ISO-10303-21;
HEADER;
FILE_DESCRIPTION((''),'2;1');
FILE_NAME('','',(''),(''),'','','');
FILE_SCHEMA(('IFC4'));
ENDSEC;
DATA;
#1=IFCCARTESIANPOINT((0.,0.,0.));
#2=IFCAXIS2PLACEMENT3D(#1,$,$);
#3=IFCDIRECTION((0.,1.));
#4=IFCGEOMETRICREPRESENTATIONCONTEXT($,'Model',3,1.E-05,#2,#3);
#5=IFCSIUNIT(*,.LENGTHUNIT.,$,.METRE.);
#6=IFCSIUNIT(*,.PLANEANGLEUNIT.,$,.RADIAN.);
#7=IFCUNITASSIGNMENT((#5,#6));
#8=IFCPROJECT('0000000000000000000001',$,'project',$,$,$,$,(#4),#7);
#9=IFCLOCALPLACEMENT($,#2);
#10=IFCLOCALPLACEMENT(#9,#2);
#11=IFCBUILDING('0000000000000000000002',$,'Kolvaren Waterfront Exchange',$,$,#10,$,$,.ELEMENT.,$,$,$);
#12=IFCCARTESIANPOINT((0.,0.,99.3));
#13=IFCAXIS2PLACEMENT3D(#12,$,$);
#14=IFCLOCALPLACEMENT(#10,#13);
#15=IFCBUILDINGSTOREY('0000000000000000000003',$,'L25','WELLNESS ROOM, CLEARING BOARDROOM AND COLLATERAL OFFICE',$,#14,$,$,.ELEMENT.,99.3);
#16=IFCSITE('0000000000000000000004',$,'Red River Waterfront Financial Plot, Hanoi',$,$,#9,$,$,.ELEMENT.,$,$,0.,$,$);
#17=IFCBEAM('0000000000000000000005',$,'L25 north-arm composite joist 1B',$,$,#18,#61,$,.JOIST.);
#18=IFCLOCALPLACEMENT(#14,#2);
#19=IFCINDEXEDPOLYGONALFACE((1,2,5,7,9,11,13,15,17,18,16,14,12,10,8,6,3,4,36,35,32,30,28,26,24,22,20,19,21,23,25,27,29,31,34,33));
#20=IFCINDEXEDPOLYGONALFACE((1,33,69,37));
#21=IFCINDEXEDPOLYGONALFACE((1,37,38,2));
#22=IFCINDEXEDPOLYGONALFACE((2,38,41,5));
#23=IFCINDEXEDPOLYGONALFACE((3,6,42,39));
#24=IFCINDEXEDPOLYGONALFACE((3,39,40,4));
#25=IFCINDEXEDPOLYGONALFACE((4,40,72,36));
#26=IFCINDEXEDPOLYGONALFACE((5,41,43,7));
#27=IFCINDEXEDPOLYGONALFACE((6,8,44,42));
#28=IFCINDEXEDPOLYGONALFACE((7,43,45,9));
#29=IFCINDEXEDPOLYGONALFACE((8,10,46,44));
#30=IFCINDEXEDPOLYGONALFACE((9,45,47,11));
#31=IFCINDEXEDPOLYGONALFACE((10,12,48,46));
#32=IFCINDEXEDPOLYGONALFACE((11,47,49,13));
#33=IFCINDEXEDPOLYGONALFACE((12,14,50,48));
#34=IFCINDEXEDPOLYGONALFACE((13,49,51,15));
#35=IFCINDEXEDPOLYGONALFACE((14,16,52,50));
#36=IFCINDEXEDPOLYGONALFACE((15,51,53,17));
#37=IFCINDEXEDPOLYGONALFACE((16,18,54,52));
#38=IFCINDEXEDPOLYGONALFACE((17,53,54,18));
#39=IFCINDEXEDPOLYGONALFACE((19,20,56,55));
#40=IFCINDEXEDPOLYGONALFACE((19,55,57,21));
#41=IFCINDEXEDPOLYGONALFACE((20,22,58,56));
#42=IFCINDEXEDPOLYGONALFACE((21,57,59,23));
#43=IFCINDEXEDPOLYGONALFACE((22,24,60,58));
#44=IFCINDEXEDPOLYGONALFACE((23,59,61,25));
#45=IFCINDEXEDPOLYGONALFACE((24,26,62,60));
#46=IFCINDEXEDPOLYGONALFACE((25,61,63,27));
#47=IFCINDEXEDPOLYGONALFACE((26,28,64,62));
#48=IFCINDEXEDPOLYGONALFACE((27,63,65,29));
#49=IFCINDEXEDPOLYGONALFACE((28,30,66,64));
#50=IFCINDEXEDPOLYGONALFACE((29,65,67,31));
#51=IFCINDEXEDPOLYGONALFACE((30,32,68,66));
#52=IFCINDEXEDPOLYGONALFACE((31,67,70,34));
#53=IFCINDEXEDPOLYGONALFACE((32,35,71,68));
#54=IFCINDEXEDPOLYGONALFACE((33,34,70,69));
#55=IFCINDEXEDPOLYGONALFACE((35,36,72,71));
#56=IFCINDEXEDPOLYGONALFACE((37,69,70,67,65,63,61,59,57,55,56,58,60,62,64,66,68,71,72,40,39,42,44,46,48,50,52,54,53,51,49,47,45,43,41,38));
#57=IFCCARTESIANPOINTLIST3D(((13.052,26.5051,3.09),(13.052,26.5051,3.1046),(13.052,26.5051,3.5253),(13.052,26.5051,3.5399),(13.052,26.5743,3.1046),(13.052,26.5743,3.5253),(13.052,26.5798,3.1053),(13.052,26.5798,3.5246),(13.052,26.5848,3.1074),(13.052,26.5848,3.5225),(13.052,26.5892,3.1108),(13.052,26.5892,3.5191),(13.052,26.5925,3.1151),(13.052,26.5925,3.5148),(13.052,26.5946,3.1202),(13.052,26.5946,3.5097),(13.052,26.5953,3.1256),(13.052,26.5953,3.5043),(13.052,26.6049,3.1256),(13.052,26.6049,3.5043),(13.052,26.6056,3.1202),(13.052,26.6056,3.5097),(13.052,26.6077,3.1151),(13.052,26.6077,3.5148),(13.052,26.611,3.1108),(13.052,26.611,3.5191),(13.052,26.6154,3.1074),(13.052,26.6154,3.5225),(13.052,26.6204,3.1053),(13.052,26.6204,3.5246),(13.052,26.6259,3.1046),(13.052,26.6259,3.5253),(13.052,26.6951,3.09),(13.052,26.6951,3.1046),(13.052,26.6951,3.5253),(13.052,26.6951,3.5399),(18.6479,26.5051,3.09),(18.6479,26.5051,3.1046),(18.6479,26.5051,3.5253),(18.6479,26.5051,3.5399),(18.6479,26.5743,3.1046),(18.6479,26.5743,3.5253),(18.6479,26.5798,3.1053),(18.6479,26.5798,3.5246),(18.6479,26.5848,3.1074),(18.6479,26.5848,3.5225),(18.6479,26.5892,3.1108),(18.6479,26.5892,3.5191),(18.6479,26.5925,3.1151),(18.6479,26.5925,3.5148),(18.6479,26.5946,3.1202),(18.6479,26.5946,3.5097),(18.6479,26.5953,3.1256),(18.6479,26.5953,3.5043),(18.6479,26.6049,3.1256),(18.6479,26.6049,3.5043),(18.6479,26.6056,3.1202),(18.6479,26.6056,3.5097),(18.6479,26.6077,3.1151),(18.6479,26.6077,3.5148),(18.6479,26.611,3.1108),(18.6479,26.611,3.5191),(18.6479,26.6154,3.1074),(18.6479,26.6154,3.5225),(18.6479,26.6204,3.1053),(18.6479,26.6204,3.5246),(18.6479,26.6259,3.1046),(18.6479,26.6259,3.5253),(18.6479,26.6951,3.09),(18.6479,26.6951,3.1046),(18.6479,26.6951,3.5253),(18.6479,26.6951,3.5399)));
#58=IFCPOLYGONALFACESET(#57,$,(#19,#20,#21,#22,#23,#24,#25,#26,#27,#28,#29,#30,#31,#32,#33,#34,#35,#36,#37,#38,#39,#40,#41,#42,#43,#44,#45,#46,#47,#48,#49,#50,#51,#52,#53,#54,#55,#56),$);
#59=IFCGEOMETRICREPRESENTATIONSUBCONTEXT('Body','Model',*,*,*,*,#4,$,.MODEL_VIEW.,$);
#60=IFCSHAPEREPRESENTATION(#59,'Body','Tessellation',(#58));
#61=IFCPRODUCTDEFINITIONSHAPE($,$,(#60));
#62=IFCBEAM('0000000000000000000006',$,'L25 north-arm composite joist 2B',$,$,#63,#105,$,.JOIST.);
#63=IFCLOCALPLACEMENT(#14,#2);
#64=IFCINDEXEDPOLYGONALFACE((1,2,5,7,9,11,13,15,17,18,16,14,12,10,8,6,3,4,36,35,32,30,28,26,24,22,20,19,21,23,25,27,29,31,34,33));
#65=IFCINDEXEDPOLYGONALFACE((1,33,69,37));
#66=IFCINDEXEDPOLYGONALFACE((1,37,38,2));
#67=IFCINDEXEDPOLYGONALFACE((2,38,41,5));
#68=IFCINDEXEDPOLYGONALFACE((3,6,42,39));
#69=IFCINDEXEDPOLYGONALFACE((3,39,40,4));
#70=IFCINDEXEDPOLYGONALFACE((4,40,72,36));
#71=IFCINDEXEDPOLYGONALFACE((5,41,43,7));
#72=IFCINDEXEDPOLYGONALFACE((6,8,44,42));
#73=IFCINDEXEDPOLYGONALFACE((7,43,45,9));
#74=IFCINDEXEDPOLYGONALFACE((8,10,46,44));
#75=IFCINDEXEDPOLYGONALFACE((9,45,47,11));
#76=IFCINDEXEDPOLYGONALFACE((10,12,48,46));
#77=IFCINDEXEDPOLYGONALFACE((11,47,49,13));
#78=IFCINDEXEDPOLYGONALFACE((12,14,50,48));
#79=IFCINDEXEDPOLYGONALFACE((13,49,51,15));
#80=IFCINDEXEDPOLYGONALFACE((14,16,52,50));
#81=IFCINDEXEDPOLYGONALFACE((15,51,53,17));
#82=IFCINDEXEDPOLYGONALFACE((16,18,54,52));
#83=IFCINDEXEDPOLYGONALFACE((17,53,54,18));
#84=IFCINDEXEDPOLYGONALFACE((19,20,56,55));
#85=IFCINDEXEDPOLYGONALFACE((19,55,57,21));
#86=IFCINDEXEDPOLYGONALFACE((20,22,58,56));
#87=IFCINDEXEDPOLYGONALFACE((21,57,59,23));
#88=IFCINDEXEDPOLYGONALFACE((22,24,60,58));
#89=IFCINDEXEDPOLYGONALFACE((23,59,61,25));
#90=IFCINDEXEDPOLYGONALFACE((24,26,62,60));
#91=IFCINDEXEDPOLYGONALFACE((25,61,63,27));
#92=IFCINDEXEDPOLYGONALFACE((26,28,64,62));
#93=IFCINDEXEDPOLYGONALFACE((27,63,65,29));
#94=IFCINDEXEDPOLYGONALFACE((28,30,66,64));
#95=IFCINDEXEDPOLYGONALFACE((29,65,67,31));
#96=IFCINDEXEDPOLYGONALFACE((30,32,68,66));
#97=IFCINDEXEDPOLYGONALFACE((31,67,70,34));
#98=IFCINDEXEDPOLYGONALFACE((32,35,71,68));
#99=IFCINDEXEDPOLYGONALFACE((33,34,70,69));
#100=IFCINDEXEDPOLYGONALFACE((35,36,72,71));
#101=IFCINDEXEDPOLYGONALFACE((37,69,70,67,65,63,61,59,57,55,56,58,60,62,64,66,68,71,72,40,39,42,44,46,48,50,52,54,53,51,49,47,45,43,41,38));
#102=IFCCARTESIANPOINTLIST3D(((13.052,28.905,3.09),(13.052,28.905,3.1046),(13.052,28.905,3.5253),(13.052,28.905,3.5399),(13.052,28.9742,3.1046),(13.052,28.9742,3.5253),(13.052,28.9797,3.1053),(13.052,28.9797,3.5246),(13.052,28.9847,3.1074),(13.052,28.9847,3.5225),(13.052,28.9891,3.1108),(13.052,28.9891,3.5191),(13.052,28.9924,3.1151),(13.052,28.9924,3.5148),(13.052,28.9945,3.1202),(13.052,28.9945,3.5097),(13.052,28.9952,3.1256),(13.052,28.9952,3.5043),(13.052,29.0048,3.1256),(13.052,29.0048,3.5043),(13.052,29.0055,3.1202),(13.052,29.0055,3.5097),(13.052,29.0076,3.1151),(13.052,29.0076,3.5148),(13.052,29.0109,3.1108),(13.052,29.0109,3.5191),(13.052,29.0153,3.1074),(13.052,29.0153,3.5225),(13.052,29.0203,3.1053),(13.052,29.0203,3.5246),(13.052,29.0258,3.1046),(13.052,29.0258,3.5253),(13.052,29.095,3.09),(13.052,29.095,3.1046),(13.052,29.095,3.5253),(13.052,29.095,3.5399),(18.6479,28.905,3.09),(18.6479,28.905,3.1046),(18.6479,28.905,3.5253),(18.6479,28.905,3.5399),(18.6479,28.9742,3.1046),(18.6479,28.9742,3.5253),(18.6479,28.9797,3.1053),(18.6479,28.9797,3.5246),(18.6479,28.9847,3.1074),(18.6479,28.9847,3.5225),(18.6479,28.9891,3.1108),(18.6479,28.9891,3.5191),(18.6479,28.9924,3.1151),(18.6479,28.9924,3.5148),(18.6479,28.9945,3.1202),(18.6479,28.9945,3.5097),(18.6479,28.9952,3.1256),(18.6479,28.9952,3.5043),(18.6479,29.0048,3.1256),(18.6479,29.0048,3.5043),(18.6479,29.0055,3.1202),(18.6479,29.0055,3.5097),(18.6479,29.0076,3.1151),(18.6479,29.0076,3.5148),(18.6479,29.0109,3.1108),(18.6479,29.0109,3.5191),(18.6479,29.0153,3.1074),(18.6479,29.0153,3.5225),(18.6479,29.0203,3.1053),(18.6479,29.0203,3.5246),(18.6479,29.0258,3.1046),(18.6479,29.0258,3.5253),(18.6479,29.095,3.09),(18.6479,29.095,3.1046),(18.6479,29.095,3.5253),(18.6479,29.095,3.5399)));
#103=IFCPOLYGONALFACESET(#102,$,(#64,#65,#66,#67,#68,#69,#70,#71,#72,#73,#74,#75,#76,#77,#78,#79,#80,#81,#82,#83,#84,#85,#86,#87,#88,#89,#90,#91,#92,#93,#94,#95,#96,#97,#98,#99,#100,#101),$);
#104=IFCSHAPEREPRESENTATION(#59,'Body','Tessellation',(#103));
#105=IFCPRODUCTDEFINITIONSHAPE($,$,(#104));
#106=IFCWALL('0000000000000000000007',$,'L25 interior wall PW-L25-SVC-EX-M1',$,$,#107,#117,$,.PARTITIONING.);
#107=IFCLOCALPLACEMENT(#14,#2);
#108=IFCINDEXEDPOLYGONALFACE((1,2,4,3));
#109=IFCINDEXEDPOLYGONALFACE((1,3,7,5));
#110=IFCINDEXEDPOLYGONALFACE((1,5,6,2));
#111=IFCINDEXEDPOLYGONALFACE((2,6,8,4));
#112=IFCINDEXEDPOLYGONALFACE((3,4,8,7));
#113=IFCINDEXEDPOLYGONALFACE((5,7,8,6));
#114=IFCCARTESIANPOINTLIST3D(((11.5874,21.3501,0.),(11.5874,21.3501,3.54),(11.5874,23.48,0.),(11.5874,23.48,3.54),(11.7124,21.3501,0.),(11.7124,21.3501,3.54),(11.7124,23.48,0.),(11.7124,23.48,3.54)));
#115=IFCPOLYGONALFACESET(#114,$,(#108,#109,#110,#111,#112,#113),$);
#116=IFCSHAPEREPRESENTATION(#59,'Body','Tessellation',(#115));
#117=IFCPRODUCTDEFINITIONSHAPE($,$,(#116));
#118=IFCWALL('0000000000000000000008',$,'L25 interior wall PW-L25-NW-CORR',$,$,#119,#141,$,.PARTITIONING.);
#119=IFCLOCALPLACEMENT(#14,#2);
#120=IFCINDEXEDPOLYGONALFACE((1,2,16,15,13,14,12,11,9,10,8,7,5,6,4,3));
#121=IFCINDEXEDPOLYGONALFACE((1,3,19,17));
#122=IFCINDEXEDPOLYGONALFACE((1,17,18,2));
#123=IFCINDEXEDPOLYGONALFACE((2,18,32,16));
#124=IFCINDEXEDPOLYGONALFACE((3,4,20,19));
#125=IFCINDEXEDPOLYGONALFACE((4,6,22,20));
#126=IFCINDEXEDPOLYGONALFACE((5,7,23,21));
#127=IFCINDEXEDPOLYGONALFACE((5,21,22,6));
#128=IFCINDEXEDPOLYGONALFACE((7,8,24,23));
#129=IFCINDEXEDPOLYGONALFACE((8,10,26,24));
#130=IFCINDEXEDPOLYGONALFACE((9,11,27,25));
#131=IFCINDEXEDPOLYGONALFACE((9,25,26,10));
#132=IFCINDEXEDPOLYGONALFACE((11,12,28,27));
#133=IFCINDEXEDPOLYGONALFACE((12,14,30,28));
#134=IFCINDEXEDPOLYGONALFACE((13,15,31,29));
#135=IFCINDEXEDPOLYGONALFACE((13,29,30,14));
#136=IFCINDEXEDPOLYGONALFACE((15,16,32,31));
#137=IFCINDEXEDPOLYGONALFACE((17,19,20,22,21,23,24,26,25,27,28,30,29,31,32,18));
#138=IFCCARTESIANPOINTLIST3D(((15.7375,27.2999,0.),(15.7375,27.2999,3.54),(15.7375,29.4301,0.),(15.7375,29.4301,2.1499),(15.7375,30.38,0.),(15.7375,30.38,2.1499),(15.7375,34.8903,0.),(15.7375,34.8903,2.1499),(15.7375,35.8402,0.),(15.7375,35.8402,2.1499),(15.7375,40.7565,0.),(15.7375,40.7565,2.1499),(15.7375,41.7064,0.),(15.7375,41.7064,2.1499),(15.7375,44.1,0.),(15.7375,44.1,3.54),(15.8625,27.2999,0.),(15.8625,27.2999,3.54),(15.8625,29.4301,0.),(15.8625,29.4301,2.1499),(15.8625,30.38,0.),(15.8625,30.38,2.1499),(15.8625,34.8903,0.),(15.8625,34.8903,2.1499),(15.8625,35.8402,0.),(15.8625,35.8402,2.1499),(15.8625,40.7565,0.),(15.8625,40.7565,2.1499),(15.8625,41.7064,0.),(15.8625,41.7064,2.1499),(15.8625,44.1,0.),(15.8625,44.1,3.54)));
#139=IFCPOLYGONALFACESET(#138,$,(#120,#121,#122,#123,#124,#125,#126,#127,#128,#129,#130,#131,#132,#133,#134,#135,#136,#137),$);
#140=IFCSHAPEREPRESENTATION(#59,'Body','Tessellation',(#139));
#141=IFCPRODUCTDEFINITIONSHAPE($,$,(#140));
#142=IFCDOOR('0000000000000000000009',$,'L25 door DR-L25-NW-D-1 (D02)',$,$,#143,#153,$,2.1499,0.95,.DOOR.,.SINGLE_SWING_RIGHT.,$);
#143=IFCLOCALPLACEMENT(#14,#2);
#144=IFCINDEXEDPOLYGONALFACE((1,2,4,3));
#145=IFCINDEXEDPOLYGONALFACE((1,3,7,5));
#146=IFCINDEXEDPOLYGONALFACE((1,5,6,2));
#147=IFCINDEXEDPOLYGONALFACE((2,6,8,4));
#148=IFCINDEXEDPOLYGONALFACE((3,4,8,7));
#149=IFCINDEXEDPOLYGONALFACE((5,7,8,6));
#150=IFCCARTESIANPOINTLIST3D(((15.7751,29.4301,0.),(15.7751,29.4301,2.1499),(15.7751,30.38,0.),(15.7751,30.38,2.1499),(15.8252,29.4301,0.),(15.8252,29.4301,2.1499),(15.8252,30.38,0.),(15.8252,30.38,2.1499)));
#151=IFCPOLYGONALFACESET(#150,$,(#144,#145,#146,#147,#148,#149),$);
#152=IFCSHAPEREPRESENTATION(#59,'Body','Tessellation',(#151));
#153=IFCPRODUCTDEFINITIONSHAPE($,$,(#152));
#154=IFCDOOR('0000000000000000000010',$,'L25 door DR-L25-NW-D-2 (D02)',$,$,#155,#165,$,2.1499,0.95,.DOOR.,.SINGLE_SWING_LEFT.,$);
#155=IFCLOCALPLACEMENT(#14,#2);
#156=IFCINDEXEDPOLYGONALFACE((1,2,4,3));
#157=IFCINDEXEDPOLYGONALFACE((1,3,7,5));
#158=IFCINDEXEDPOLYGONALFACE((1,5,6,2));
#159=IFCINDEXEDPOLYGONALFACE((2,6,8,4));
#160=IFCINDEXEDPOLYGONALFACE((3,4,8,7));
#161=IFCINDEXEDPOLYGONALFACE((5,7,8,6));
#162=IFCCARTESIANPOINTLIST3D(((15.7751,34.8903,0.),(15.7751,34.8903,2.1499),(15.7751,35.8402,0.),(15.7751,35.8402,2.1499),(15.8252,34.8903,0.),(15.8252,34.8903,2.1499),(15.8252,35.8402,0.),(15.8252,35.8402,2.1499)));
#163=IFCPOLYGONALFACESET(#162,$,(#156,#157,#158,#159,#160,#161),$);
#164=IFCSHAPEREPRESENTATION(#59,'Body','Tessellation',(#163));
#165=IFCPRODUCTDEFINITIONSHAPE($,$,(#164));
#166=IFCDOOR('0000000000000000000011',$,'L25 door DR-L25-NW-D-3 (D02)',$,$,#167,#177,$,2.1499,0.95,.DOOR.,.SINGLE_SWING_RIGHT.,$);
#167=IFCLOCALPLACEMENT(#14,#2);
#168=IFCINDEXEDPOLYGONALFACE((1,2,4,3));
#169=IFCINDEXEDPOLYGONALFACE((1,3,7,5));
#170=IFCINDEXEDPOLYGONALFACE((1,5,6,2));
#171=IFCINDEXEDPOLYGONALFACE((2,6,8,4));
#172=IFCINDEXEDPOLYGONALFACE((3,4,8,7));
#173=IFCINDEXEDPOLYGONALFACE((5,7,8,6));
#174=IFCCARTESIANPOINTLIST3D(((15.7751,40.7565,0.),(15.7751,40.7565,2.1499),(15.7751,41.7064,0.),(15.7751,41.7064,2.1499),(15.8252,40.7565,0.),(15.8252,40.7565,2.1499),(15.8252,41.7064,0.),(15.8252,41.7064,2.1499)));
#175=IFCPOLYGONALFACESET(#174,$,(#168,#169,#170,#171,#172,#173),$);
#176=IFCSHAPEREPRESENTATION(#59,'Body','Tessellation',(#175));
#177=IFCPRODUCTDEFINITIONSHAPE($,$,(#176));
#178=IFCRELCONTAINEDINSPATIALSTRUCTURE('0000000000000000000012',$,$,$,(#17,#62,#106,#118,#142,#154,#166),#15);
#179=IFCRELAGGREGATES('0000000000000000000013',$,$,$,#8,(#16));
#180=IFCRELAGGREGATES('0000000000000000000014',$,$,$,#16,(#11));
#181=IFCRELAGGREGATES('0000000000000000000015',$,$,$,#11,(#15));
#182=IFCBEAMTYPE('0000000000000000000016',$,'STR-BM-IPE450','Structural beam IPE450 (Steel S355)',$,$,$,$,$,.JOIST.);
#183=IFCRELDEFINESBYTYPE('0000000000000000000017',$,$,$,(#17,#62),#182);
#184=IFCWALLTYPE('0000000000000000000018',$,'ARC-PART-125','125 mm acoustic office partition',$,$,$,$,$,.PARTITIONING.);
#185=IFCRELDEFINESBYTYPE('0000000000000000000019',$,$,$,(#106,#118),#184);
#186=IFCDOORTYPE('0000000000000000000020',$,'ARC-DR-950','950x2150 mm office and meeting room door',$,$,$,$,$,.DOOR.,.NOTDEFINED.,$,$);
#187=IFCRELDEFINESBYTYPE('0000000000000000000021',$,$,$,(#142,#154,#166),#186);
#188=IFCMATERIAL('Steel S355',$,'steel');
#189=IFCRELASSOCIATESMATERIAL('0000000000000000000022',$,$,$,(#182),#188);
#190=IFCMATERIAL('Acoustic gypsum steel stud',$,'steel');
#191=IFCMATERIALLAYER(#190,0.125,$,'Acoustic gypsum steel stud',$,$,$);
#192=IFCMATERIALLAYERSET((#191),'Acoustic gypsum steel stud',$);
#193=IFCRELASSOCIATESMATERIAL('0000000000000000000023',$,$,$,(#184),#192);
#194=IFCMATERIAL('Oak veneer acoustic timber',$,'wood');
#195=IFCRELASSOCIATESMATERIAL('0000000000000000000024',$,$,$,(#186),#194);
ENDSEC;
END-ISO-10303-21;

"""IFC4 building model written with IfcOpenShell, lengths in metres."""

from ifc_helpers import new_model, si_unit, direction, frame, frame_2d, origin, origin_2d, place, context, subcontext, project, spatial, rectangle, i_section, extrude, material, layer, layer_set, material_profile, profile_set, type_object, element, fill, save


model = new_model("IFC4")

# Units and contexts
model_context = context("Model", 3, precision=1e-05, world=origin(), true_north=direction((0.0, 1.0)))
body_context = subcontext(model_context, "Body", "Model", "MODEL_VIEW")
ifc_project = project(units=[si_unit("LENGTHUNIT", "METRE"), si_unit("PLANEANGLEUNIT", "RADIAN")], contexts=[model_context])

# Site, building, storey
site_placement = place(None, origin())
site = spatial("IfcSite", under=ifc_project, at=site_placement, Name="Red River Waterfront Financial Plot, Hanoi", CompositionType="ELEMENT", RefElevation=0.0)
building_placement = place(site_placement, origin())
building = spatial("IfcBuilding", under=site, at=building_placement, Name="Kolvaren Waterfront Exchange", CompositionType="ELEMENT")
storey_placement = place(building_placement, frame((0.0, 0.0, 99.3)))
storey = spatial("IfcBuildingStorey", under=building, at=storey_placement, Name="L25", Description="WELLNESS ROOM, CLEARING BOARDROOM AND COLLATERAL OFFICE", CompositionType="ELEMENT", Elevation=99.3)

# Beams
ifc_material_1 = material(Name="Steel S355", Category="steel")
ifc_material_profile_1 = material_profile(ifc_material_1, i_section(OverallWidth=0.1899, OverallDepth=0.45, WebThickness=0.0095, FlangeThickness=0.0146, FilletRadius=0.021, at=origin_2d()), Name="IPE450")
ifc_profile_set_1 = profile_set([ifc_material_profile_1], Name="Steel S355")
beam_type_1 = type_object("IfcBeamType", Name="STR-BM-IPE450", Description="Structural beam IPE450 (Steel S355)", PredefinedType="JOIST", material=ifc_profile_set_1)
for number, where, z_axis, x_axis, name in (
    (1, (13.052, 26.6001, 3.3149), (1.0, 0.0, 0.0), (0.0, 1.0, 0.0), "L25 north-arm composite joist 1B"),
    (2, (13.052, 29.0, 3.3149), (1.0, 0.0, 0.0), (0.0, 1.0, 0.0), "L25 north-arm composite joist 2B"),
):
    element("IfcBeam", number, at=place(storey_placement, frame(where, z_axis=z_axis, x_axis=x_axis)), inside=storey, type_object=beam_type_1, Name=name, PredefinedType="JOIST", context=body_context, shape_type="SweptSolid", body=[
        extrude(i_section(OverallWidth=0.1899, OverallDepth=0.45, WebThickness=0.0095, FlangeThickness=0.0146, FilletRadius=0.021, at=origin_2d()), origin(), (0.0, 0.0, 1.0), 5.5959),
    ])

# Shared definitions
ifc_material_2 = material(Name="Acoustic gypsum steel stud", Category="steel")
ifc_layer_1 = layer(ifc_material_2, 0.125, Name="Acoustic gypsum steel stud")
ifc_layer_set_1 = layer_set([ifc_layer_1], Name="Acoustic gypsum steel stud")
wall_type_1 = type_object("IfcWallType", Name="ARC-PART-125", Description="125 mm acoustic office partition", PredefinedType="PARTITIONING", material=ifc_layer_set_1)

# Wall
wall_1_placement = place(storey_placement, frame((11.6499, 21.3501, 0.0), z_axis=(0.0, 0.0, 1.0), x_axis=(0.0, 1.0, 0.0)))
element("IfcWall", 3, at=wall_1_placement, inside=storey, type_object=wall_type_1, Name="L25 interior wall PW-L25-SVC-EX-M1", PredefinedType="PARTITIONING", context=body_context, shape_type="SweptSolid", body=[
    extrude(rectangle(XDim=2.1299, YDim=0.125, at=frame_2d((1.0649, 0.0))), origin(), (0.0, 0.0, 1.0), 3.54),
])

# Wall, openings, doors
wall_2_placement = place(storey_placement, frame((15.8, 27.3, 0.0), z_axis=(0.0, 0.0, 1.0), x_axis=(0.0, 1.0, 0.0)))
wall_2 = element("IfcWall", 4, at=wall_2_placement, inside=storey, type_object=wall_type_1, Name="L25 interior wall PW-L25-NW-CORR", PredefinedType="PARTITIONING", context=body_context, shape_type="SweptSolid", body=[
    extrude(rectangle(XDim=16.8, YDim=0.125, at=frame_2d((8.3999, 0.0))), origin(), (0.0, 0.0, 1.0), 3.54),
])
opening_1_placement = place(wall_2_placement, frame((2.1299, 0.0, 0.0)))
opening_1 = element("IfcOpeningElement", 5, at=opening_1_placement, cuts=wall_2, PredefinedType="OPENING", context=body_context, shape_type="SweptSolid", body=[
    extrude(rectangle(XDim=0.95, YDim=2.1499, at=frame_2d((0.4751, 1.075))), frame((0.0, 0.0725, 0.0), z_axis=(0.0, -1.0, 0.0), x_axis=(1.0, 0.0, 0.0)), (0.0, 0.0, 1.0), 0.145),
])
opening_2_placement = place(wall_2_placement, frame((7.5901, 0.0, 0.0)))
opening_2 = element("IfcOpeningElement", 6, at=opening_2_placement, cuts=wall_2, PredefinedType="OPENING", context=body_context, shape_type="SweptSolid", body=[
    extrude(rectangle(XDim=0.95, YDim=2.1499, at=frame_2d((0.4751, 1.075))), frame((0.0, 0.0725, 0.0), z_axis=(0.0, -1.0, 0.0), x_axis=(1.0, 0.0, 0.0)), (0.0, 0.0, 1.0), 0.145),
])
opening_3_placement = place(wall_2_placement, frame((13.4563, 0.0, 0.0)))
opening_3 = element("IfcOpeningElement", 7, at=opening_3_placement, cuts=wall_2, PredefinedType="OPENING", context=body_context, shape_type="SweptSolid", body=[
    extrude(rectangle(XDim=0.95, YDim=2.1499, at=frame_2d((0.4751, 1.075))), frame((0.0, 0.0725, 0.0), z_axis=(0.0, -1.0, 0.0), x_axis=(1.0, 0.0, 0.0)), (0.0, 0.0, 1.0), 0.145),
])
ifc_material_3 = material(Name="Oak veneer acoustic timber", Category="wood")
door_type_1 = type_object("IfcDoorType", Name="ARC-DR-950", Description="950x2150 mm office and meeting room door", OperationType="NOTDEFINED", PredefinedType="DOOR", material=ifc_material_3)
door_1_placement = place(opening_1_placement, origin())
door_1 = element("IfcDoor", 8, at=door_1_placement, inside=storey, type_object=door_type_1, Name="L25 door DR-L25-NW-D-1 (D02)", OperationType="SINGLE_SWING_RIGHT", OverallHeight=2.1499, OverallWidth=0.95, PredefinedType="DOOR", context=body_context, shape_type="SweptSolid", body=[
    extrude(rectangle(XDim=0.95, YDim=2.1499, at=frame_2d((0.4751, 1.075))), frame((0.0, 0.0249, 0.0), z_axis=(0.0, -1.0, 0.0), x_axis=(1.0, 0.0, 0.0)), (0.0, 0.0, 1.0), 0.05),
])
fill(opening_1, door_1)
door_2_placement = place(opening_2_placement, origin())
door_2 = element("IfcDoor", 9, at=door_2_placement, inside=storey, type_object=door_type_1, Name="L25 door DR-L25-NW-D-2 (D02)", OperationType="SINGLE_SWING_LEFT", OverallHeight=2.1499, OverallWidth=0.95, PredefinedType="DOOR", context=body_context, shape_type="SweptSolid", body=[
    extrude(rectangle(XDim=0.95, YDim=2.1499, at=frame_2d((0.4751, 1.075))), frame((0.0, 0.0249, 0.0), z_axis=(0.0, -1.0, 0.0), x_axis=(1.0, 0.0, 0.0)), (0.0, 0.0, 1.0), 0.05),
])
fill(opening_2, door_2)
door_3_placement = place(opening_3_placement, origin())
door_3 = element("IfcDoor", 10, at=door_3_placement, inside=storey, type_object=door_type_1, Name="L25 door DR-L25-NW-D-3 (D02)", OperationType="SINGLE_SWING_RIGHT", OverallHeight=2.1499, OverallWidth=0.95, PredefinedType="DOOR", context=body_context, shape_type="SweptSolid", body=[
    extrude(rectangle(XDim=0.95, YDim=2.1499, at=frame_2d((0.4751, 1.075))), frame((0.0, 0.0249, 0.0), z_axis=(0.0, -1.0, 0.0), x_axis=(1.0, 0.0, 0.0)), (0.0, 0.0, 1.0), 0.05),
])
fill(opening_3, door_3)

save(model, "model.ifc")
